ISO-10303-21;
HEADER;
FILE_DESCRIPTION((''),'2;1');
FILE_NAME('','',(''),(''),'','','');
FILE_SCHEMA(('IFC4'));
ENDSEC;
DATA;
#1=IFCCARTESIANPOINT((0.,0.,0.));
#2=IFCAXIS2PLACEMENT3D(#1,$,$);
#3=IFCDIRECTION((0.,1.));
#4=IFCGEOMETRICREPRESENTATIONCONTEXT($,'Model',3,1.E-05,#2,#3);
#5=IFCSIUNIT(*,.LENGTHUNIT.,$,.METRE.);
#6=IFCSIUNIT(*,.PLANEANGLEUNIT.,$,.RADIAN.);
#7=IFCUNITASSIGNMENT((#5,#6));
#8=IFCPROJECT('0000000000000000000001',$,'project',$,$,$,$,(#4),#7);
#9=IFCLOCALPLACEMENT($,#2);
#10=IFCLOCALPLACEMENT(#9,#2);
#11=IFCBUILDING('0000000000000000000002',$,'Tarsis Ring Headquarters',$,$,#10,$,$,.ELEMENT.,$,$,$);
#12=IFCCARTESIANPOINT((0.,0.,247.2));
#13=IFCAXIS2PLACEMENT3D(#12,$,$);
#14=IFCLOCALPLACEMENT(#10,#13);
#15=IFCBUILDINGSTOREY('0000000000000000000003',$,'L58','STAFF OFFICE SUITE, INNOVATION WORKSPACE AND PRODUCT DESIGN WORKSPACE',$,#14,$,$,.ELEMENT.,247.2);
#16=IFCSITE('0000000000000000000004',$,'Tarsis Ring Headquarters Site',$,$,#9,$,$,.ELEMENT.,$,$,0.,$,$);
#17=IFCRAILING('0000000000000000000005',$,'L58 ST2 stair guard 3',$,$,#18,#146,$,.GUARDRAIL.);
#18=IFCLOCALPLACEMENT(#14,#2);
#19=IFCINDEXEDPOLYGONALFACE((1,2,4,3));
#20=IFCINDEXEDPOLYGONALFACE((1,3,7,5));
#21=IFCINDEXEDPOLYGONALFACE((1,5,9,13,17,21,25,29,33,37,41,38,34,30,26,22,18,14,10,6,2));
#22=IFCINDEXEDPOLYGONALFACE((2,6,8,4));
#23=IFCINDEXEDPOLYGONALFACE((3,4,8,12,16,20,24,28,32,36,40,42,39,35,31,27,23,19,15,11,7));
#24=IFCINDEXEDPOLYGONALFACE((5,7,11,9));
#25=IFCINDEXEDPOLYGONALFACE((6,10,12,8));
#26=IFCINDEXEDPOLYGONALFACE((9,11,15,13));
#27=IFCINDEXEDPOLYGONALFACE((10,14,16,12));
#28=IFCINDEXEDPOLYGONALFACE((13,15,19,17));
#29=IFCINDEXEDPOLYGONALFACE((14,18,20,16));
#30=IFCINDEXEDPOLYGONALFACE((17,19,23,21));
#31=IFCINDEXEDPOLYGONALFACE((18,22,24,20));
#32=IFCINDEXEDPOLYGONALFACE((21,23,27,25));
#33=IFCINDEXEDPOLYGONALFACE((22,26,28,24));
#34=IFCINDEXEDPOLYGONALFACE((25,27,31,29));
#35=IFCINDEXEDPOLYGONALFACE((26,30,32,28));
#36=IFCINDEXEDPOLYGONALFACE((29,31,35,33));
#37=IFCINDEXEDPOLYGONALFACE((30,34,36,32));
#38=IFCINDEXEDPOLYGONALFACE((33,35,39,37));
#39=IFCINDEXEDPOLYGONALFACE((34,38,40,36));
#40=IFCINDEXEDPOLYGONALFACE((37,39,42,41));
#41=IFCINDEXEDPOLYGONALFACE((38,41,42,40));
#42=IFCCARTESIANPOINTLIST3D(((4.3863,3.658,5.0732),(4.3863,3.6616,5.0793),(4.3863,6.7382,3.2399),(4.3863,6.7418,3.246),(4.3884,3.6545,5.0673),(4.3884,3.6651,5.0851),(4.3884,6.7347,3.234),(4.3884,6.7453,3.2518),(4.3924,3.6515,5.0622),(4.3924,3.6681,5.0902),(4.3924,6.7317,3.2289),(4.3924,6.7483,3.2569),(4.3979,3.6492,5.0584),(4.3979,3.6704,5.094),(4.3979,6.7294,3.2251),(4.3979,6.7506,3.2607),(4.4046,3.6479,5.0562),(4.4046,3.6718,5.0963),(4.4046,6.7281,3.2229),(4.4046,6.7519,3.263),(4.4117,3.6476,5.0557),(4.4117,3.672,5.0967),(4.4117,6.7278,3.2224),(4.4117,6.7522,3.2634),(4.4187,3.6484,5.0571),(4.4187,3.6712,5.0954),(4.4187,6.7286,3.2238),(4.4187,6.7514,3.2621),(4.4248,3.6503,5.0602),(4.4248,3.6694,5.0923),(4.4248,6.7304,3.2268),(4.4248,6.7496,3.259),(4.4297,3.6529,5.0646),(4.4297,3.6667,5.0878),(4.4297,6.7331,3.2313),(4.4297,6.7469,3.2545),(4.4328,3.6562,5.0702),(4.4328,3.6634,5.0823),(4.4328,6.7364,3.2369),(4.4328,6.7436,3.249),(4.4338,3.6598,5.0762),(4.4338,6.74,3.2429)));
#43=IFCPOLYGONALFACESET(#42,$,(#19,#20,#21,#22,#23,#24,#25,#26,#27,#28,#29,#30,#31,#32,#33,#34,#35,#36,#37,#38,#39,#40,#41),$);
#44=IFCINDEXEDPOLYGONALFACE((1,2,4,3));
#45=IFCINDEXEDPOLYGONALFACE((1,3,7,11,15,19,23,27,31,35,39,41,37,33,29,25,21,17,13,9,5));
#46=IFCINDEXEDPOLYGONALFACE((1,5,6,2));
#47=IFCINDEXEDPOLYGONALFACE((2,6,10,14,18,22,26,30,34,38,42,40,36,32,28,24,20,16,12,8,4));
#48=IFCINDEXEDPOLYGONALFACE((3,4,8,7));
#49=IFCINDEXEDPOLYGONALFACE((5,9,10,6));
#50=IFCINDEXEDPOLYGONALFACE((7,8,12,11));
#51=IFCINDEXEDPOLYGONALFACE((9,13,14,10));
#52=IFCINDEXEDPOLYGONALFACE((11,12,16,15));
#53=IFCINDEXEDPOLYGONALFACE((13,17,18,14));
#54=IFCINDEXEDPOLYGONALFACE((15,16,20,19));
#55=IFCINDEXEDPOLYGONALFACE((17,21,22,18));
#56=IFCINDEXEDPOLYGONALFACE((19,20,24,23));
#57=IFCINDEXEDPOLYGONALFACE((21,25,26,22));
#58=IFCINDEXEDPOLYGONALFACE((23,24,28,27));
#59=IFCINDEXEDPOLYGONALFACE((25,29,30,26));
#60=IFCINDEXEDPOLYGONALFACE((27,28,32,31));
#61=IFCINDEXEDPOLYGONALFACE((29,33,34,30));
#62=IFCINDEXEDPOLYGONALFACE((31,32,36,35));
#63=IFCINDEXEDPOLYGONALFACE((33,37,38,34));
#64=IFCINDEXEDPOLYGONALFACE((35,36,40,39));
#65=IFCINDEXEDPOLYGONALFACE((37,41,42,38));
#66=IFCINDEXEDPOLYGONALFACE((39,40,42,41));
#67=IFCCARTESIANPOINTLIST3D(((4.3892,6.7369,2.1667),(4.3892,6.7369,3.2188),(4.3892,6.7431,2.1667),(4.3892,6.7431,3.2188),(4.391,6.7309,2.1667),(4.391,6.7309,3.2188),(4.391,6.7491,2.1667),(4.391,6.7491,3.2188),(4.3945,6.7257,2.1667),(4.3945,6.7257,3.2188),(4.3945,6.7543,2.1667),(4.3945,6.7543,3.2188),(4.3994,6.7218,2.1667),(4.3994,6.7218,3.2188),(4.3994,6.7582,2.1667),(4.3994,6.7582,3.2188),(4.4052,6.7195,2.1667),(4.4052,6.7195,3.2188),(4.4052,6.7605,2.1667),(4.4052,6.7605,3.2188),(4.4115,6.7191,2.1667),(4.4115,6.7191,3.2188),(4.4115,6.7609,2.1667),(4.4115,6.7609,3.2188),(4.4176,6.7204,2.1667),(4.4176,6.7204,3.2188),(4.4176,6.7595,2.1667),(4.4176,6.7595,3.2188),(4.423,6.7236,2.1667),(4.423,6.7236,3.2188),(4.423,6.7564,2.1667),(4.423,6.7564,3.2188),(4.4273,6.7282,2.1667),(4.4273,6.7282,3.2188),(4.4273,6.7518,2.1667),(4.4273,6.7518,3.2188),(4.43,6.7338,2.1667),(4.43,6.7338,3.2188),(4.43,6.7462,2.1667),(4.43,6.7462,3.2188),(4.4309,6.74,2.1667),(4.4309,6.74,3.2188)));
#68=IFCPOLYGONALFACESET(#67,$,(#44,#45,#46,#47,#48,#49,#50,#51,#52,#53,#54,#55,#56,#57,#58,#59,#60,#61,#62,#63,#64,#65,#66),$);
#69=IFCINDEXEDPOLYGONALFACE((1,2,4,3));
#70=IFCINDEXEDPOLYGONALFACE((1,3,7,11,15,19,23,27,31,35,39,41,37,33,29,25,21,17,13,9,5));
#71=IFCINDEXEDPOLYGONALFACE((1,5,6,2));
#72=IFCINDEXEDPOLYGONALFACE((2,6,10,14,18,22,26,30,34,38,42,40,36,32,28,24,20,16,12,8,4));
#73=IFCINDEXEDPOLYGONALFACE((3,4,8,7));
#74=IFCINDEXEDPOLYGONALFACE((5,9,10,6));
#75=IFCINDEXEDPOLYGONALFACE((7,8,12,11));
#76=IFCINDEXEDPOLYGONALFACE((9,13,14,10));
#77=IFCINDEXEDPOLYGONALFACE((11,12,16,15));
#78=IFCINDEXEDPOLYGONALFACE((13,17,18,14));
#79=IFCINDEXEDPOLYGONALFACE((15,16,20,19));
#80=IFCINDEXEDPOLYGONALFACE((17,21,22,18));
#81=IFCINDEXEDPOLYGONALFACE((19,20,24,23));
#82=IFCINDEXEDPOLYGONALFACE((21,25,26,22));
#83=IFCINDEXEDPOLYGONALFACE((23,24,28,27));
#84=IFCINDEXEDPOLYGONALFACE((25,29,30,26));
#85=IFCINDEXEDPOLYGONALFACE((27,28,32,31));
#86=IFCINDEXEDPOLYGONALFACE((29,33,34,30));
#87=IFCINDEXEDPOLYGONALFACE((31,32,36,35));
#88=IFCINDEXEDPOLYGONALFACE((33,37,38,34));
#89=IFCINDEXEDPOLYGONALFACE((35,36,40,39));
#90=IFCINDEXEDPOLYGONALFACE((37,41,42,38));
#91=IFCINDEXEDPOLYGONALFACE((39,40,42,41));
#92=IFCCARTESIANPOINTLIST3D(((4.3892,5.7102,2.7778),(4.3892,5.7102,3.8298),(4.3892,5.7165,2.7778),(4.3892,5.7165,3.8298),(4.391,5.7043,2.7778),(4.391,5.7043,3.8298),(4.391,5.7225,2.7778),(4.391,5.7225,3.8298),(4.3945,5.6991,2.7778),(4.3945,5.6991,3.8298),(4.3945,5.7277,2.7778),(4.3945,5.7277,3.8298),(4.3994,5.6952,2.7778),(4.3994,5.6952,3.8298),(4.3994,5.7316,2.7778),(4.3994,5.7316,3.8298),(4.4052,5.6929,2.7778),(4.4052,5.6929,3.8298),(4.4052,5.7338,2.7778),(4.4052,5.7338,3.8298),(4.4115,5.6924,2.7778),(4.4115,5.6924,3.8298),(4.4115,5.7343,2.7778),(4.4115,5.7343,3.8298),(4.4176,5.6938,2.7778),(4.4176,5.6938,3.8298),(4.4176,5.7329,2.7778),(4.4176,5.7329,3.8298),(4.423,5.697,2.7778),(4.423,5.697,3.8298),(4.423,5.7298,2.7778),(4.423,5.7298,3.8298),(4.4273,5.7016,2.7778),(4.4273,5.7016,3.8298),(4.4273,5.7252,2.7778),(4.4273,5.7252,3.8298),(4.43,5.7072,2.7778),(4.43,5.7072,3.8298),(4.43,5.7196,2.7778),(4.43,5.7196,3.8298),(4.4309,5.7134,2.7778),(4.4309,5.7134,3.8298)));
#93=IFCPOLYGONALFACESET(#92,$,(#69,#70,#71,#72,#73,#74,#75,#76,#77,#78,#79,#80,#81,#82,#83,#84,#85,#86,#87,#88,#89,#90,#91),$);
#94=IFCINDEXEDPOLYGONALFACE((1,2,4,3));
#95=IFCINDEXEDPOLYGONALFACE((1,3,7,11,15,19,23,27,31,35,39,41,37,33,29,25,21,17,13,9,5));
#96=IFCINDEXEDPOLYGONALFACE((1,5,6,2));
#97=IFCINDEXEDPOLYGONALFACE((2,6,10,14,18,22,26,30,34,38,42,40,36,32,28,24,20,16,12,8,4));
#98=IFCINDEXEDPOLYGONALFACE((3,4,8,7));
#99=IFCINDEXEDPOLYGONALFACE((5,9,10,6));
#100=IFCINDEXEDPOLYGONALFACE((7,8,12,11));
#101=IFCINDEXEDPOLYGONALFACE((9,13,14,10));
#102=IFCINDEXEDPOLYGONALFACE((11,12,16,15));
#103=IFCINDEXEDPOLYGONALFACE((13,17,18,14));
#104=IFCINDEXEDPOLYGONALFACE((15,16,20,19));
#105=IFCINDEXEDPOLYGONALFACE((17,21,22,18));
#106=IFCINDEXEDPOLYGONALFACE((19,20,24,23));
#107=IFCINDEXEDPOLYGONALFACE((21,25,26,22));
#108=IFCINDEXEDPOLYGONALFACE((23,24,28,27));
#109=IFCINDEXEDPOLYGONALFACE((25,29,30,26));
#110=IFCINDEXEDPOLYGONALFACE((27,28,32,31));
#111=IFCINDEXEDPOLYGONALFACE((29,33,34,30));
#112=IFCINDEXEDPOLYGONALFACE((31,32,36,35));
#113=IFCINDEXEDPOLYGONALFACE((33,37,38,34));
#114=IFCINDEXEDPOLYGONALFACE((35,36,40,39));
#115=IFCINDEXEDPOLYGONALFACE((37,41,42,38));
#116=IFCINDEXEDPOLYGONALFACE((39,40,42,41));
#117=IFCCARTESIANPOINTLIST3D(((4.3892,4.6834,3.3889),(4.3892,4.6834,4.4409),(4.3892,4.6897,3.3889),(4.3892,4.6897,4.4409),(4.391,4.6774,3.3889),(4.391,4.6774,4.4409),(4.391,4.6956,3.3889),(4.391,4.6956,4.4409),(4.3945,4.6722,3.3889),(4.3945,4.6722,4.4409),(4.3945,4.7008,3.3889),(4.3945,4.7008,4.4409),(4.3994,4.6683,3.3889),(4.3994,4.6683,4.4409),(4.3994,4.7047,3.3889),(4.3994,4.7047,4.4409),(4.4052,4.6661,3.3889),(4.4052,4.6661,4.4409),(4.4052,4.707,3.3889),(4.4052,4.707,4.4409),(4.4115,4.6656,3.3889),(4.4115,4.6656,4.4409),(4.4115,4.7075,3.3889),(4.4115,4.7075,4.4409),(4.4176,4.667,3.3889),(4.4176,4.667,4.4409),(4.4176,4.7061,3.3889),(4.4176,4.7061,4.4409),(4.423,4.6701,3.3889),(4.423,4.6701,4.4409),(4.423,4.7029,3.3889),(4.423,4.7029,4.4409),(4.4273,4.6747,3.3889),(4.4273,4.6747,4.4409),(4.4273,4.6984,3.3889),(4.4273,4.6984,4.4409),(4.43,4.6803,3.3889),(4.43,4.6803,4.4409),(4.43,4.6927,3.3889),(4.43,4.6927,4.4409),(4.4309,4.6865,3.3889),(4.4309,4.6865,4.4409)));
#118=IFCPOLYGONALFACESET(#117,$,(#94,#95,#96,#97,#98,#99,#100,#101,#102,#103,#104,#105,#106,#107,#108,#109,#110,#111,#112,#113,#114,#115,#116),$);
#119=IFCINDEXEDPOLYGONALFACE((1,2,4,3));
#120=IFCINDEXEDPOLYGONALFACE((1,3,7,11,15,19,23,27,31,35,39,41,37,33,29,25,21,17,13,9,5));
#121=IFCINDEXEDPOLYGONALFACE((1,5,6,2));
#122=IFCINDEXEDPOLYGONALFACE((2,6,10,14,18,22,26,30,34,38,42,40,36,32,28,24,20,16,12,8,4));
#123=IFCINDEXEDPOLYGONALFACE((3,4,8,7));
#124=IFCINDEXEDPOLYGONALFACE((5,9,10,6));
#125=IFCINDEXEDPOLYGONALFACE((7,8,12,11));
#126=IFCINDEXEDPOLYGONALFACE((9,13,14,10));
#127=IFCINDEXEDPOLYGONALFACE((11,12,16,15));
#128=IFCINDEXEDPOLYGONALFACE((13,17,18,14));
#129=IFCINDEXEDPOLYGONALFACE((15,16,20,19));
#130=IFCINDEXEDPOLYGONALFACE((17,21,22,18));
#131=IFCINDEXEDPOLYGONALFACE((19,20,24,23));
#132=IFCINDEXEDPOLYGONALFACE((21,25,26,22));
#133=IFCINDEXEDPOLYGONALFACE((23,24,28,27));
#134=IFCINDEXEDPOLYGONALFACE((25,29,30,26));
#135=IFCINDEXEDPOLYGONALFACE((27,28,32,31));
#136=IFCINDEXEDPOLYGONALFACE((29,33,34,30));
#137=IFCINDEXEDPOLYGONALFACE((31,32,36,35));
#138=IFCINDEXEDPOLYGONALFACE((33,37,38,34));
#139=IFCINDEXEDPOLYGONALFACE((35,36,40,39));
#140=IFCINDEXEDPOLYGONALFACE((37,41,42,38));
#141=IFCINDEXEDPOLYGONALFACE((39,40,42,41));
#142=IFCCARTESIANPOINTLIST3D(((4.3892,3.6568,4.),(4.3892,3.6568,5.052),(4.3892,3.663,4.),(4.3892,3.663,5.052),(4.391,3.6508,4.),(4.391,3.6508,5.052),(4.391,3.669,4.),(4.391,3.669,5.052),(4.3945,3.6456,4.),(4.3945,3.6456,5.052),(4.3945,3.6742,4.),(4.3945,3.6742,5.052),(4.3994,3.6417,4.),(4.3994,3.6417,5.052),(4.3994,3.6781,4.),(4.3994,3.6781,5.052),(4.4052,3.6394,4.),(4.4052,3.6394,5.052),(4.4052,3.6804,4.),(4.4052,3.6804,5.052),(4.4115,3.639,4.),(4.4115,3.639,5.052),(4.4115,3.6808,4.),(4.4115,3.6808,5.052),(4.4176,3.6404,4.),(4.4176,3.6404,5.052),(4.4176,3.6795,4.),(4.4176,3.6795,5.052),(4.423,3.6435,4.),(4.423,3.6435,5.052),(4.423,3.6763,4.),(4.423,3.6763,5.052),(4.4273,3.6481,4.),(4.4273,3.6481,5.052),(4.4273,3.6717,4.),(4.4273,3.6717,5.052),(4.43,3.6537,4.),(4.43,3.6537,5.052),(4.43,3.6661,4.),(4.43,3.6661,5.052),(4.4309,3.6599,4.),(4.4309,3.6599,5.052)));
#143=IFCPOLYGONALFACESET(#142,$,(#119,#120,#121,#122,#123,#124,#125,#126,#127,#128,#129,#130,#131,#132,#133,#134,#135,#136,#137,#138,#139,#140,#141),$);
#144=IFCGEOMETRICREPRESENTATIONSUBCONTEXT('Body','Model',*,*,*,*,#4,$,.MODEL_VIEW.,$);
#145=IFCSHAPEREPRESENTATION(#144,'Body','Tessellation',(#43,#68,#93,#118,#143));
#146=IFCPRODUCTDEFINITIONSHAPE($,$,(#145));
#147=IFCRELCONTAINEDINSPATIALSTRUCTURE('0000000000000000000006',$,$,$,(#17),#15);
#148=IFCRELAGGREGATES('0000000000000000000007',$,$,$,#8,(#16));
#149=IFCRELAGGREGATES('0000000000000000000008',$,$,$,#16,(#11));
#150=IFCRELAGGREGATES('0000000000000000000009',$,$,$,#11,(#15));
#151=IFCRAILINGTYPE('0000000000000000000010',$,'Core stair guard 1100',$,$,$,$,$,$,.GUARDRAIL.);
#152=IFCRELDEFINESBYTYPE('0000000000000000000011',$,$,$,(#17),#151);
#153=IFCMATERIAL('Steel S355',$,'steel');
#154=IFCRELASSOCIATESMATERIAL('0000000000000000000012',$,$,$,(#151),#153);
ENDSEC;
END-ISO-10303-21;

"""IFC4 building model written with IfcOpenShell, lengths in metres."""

from ifc_helpers import new_model, si_unit, direction, frame, origin, origin_2d, place, context, subcontext, project, spatial, circle, extrude, material, type_object, element, save


model = new_model("IFC4")

# Units and contexts
model_context = context("Model", 3, precision=1e-05, world=origin(), true_north=direction((0.0, 1.0)))
body_context = subcontext(model_context, "Body", "Model", "MODEL_VIEW")
ifc_project = project(units=[si_unit("LENGTHUNIT", "METRE"), si_unit("PLANEANGLEUNIT", "RADIAN")], contexts=[model_context])

# Site, building, storey
site_placement = place(None, origin())
site = spatial("IfcSite", under=ifc_project, at=site_placement, Name="Tarsis Ring Headquarters Site", CompositionType="ELEMENT", RefElevation=0.0)
building_placement = place(site_placement, origin())
building = spatial("IfcBuilding", under=site, at=building_placement, Name="Tarsis Ring Headquarters", CompositionType="ELEMENT")
storey_placement = place(building_placement, frame((0.0, 0.0, 247.2)))
storey = spatial("IfcBuildingStorey", under=building, at=storey_placement, Name="L58", Description="STAFF OFFICE SUITE, INNOVATION WORKSPACE AND PRODUCT DESIGN WORKSPACE", CompositionType="ELEMENT", Elevation=247.2)

# Railing
ifc_material_1 = material(Name="Steel S355", Category="steel")
railing_type_1 = type_object("IfcRailingType", Name="Core stair guard 1100", PredefinedType="GUARDRAIL", material=ifc_material_1)
railing_1_placement = place(storey_placement, frame((4.4099, 6.74, 2.1667)))
element("IfcRailing", 1, at=railing_1_placement, inside=storey, type_object=railing_type_1, Name="L58 ST2 stair guard 3", PredefinedType="GUARDRAIL", context=body_context, shape_type="SweptSolid", body=[
    extrude(circle(Radius=0.0239, at=origin_2d()), frame((0.0, 0.0, 1.0762), z_axis=(0.0, -0.859309, 0.511458), x_axis=(1.0, 0.0, 0.0)), (0.0, 0.0, 1.0), 3.5845),
    extrude(circle(Radius=0.021, at=origin_2d()), origin(), (0.0, 0.0, 1.0), 1.052),
    extrude(circle(Radius=0.021, at=origin_2d()), frame((0.0, -1.0266, 0.6111)), (0.0, 0.0, 1.0), 1.052),
    extrude(circle(Radius=0.021, at=origin_2d()), frame((0.0, -2.0535, 1.2222)), (0.0, 0.0, 1.0), 1.052),
    extrude(circle(Radius=0.021, at=origin_2d()), frame((0.0, -3.0801, 1.8333)), (0.0, 0.0, 1.0), 1.052),
])

save(model, "model.ifc")
